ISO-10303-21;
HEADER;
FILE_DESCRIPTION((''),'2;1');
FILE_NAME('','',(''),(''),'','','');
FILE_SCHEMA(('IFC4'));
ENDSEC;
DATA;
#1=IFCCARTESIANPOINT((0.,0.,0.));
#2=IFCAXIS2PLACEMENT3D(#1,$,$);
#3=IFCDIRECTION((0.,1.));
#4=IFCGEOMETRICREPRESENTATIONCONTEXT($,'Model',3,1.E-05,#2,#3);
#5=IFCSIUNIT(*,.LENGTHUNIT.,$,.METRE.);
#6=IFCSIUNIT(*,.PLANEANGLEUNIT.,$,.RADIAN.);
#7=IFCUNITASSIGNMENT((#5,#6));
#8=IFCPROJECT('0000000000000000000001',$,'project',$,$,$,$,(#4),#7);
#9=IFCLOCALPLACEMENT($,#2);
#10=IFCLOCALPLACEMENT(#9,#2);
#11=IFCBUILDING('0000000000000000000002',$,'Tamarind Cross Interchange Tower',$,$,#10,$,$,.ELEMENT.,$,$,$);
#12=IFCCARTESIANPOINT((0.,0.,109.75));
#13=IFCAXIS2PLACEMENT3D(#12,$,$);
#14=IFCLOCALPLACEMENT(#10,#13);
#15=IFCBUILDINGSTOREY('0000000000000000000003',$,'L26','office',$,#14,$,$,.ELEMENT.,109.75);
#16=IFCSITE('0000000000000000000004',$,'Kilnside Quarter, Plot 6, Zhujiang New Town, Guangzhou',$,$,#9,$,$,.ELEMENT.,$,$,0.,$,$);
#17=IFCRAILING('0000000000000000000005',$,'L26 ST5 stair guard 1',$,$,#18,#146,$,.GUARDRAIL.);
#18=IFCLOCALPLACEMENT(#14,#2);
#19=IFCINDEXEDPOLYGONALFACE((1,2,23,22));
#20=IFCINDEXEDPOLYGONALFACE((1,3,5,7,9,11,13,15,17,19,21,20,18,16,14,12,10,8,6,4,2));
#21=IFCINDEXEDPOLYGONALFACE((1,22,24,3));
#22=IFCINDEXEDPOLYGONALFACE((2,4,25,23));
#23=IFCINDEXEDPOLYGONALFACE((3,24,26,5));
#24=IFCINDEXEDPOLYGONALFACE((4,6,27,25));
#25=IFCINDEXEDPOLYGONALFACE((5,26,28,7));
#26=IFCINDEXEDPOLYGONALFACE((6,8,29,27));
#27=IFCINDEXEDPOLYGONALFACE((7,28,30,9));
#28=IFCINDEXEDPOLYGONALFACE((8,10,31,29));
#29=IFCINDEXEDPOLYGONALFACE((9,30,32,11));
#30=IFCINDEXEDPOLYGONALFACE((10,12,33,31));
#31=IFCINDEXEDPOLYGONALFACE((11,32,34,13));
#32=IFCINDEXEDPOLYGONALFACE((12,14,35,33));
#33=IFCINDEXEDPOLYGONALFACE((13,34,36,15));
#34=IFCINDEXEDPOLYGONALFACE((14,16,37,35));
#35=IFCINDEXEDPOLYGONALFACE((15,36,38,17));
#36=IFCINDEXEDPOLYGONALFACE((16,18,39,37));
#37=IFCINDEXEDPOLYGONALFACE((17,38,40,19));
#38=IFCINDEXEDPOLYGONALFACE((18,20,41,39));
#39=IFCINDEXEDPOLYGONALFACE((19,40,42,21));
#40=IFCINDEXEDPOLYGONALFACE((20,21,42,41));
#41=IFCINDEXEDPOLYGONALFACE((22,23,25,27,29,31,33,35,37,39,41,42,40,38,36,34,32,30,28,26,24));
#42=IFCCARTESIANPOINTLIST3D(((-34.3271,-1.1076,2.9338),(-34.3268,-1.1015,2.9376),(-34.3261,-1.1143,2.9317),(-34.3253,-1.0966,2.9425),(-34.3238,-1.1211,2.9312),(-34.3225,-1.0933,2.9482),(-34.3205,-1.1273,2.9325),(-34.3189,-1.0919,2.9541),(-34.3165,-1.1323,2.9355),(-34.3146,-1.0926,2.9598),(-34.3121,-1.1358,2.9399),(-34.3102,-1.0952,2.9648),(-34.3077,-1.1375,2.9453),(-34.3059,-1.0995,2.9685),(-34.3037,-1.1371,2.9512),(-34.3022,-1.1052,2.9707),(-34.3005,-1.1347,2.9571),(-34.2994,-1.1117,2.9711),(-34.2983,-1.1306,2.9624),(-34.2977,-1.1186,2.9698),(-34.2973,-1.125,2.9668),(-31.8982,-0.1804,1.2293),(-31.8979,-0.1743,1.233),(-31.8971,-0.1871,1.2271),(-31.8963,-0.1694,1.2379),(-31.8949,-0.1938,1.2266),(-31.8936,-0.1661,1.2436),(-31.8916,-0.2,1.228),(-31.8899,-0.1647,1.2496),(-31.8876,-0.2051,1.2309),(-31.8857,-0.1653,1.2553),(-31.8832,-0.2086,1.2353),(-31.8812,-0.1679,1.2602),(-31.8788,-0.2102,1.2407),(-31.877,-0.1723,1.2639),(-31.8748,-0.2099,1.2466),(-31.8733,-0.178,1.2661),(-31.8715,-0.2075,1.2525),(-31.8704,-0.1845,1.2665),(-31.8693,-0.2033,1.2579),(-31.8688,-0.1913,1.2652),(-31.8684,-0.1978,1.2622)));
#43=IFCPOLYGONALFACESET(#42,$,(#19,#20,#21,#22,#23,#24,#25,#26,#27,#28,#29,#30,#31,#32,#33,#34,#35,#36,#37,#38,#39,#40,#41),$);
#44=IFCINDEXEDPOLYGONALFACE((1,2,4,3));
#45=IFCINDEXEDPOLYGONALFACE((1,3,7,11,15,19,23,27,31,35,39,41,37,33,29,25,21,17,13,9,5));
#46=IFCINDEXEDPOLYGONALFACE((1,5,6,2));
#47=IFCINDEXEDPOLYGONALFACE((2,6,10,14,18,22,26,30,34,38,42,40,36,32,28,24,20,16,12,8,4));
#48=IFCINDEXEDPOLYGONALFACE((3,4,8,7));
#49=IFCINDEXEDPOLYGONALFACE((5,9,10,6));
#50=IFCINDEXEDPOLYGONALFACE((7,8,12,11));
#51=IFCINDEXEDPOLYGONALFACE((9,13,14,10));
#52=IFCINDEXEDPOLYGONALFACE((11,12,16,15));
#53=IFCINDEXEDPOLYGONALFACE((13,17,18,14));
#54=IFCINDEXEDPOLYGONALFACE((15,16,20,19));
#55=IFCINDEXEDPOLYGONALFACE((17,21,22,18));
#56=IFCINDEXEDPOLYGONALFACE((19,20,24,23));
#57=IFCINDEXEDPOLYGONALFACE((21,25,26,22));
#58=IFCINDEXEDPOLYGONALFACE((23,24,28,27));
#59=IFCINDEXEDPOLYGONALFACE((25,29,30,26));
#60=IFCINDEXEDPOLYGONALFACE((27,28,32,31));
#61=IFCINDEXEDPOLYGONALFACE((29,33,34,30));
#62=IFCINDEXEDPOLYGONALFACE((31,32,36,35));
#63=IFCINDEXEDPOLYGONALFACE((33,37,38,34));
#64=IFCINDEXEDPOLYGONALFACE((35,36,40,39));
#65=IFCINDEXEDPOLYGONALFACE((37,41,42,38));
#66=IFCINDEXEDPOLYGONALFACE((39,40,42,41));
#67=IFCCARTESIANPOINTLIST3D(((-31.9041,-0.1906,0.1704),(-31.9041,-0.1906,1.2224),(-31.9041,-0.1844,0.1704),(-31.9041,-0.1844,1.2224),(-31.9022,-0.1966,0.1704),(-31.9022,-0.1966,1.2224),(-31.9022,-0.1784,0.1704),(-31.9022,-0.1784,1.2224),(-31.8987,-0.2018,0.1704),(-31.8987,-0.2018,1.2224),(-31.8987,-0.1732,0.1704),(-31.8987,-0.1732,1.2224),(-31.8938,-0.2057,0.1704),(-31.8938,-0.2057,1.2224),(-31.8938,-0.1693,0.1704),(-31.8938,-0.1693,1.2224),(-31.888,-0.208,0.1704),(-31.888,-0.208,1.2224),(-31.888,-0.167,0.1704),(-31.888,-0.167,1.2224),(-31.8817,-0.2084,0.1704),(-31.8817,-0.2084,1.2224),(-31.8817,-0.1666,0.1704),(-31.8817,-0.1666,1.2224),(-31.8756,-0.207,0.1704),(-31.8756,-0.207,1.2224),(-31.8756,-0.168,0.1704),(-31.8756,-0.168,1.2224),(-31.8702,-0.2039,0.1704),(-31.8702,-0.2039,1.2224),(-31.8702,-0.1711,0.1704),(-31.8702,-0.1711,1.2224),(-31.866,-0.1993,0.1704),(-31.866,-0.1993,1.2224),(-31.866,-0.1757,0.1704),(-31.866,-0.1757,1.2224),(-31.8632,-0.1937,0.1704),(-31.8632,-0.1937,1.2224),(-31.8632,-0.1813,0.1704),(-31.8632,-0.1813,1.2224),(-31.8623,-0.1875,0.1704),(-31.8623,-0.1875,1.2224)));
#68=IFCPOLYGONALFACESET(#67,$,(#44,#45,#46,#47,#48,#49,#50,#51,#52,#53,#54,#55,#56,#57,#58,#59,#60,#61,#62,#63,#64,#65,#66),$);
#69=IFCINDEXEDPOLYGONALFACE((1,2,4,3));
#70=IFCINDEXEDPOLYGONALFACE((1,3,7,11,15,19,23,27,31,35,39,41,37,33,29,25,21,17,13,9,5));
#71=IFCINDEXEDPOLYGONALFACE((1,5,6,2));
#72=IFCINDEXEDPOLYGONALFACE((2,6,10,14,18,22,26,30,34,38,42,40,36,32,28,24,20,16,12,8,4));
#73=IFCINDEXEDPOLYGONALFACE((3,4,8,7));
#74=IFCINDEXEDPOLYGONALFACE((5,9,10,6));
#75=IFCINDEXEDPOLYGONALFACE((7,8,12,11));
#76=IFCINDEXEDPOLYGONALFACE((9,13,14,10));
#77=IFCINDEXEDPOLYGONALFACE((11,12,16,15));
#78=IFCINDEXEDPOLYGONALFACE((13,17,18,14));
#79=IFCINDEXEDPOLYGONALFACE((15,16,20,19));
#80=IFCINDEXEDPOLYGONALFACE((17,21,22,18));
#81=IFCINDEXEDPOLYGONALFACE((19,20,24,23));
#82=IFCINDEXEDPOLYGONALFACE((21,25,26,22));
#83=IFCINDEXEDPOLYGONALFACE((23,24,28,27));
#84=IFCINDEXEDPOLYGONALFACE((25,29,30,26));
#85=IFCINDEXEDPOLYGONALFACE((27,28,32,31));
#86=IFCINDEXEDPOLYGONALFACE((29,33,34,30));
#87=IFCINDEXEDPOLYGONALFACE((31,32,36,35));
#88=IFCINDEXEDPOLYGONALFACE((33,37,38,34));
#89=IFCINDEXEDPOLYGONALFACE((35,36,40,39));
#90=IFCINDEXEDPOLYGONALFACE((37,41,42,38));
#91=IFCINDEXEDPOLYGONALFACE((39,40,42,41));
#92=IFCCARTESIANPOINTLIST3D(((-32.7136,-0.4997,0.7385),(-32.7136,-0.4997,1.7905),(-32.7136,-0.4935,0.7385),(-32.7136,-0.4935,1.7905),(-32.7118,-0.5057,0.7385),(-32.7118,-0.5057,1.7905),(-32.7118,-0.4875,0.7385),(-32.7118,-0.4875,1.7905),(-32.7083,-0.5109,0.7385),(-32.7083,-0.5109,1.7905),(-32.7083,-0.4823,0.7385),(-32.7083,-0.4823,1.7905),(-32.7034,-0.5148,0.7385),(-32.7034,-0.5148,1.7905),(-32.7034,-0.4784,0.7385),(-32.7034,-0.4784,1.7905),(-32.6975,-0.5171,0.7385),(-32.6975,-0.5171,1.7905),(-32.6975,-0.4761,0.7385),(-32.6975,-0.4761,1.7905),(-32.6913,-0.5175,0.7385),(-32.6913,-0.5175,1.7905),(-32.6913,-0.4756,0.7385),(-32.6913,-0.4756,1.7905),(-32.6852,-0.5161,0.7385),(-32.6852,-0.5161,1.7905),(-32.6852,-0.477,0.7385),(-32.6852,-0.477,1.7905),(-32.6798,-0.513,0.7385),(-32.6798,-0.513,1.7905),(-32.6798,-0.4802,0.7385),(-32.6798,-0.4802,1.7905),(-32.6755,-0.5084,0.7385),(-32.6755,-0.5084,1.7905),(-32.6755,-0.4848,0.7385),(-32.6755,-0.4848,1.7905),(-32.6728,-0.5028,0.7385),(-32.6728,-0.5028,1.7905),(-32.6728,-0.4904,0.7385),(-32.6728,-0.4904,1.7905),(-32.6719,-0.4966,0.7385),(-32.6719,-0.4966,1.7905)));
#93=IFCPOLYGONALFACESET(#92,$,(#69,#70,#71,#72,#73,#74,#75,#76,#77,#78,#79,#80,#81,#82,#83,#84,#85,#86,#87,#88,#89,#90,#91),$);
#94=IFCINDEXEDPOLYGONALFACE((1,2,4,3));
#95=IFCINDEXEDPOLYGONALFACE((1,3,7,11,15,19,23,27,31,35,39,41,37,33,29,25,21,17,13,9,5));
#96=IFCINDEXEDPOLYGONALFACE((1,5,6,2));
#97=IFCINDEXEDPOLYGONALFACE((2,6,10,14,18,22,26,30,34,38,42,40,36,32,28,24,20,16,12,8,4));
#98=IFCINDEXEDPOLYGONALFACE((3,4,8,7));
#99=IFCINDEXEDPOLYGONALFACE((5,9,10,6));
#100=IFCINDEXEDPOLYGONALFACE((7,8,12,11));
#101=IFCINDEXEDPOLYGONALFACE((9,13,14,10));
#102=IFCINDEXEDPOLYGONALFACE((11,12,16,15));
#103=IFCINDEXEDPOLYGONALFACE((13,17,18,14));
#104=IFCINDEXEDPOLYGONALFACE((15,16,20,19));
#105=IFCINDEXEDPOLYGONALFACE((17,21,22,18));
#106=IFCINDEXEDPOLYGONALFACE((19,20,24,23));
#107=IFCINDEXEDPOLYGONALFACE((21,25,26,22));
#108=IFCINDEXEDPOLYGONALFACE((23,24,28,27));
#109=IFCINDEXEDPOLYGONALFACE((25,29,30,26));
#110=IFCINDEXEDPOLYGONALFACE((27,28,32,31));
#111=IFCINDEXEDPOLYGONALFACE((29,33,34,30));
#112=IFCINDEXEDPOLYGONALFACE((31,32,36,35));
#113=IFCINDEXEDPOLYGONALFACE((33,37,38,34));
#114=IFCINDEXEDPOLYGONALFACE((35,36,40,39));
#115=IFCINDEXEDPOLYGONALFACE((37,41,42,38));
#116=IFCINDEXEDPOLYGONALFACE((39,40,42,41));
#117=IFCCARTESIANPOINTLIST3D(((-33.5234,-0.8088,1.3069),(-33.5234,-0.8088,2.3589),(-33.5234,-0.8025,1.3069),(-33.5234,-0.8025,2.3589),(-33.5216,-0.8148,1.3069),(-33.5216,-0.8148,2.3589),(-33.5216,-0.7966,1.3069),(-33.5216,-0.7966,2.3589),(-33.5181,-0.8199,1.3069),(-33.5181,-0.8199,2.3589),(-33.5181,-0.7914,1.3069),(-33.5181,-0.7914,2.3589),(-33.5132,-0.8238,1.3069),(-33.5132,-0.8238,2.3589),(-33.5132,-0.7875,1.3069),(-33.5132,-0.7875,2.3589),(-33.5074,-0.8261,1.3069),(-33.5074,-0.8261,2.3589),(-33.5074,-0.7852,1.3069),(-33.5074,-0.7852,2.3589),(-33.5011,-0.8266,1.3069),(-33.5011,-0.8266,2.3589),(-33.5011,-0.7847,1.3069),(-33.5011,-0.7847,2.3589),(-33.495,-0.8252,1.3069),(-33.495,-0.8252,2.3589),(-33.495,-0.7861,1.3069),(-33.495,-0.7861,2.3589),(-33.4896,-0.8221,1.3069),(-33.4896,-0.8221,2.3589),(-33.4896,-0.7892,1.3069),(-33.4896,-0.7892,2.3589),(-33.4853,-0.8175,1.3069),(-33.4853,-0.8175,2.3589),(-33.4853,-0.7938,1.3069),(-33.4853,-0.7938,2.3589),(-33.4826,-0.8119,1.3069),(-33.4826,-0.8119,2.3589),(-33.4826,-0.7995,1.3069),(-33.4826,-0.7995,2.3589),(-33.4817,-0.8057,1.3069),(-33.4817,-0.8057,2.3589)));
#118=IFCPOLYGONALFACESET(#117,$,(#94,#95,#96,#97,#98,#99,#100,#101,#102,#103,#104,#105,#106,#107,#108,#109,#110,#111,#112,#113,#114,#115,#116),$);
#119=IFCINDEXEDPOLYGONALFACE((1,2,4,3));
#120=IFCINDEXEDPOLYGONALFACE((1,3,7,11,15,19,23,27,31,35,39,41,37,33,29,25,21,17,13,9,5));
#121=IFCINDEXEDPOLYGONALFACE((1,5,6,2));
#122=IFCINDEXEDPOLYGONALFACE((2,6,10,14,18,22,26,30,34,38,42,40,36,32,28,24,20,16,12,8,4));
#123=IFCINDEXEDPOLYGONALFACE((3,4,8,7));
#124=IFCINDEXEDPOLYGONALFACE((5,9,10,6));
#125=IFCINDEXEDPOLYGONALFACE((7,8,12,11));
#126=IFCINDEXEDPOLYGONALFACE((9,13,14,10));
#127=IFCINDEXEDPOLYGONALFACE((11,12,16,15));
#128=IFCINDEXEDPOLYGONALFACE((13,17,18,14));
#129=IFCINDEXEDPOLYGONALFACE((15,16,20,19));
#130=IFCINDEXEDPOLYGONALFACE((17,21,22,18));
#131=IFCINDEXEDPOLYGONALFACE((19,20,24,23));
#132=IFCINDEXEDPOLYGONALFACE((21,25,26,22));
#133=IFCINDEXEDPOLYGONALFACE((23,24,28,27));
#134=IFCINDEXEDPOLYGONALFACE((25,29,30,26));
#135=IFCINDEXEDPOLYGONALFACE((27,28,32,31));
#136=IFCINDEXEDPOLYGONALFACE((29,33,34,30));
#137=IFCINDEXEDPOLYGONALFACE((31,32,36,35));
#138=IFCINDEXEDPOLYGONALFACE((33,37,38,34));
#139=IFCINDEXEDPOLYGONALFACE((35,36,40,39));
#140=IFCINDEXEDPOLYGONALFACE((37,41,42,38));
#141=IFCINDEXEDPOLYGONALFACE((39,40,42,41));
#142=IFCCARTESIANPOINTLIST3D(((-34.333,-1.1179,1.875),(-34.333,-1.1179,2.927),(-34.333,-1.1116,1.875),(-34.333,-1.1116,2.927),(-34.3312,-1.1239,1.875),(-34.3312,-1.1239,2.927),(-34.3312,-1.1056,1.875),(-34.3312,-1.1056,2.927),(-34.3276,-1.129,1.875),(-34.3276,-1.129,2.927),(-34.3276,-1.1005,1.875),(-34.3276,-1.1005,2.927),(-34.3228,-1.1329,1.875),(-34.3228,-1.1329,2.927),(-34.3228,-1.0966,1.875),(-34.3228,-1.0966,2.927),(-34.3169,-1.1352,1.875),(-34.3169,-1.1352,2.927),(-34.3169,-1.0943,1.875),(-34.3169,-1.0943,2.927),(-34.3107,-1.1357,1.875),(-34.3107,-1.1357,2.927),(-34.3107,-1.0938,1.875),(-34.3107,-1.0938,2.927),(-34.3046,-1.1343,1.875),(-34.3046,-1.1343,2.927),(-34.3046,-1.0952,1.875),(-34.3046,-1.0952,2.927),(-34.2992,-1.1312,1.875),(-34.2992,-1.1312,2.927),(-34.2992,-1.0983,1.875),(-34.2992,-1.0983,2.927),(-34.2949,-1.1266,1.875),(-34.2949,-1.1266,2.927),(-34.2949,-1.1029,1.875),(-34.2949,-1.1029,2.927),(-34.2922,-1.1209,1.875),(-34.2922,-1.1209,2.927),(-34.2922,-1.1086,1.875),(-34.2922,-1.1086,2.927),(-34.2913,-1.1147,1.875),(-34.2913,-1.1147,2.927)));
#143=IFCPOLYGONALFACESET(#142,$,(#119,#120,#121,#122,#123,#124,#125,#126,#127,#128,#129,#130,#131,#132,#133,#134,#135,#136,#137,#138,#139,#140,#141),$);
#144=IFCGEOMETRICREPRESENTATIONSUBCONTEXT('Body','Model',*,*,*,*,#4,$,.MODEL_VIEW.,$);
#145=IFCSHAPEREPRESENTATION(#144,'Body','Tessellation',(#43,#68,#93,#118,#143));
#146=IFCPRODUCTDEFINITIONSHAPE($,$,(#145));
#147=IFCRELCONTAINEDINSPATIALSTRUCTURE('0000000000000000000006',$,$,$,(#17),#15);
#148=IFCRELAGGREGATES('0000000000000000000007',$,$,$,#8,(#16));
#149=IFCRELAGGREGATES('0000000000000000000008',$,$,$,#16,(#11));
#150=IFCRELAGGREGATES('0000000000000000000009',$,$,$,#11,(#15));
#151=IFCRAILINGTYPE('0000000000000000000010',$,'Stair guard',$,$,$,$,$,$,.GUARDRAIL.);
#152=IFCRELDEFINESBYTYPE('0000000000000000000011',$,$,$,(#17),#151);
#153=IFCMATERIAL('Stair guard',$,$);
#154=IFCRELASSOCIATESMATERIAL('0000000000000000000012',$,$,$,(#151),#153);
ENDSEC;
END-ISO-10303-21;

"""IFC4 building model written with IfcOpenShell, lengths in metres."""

from ifc_helpers import new_model, si_unit, direction, frame, origin, origin_2d, place, context, subcontext, project, spatial, circle, extrude, material, type_object, element, save


model = new_model("IFC4")

# Units and contexts
model_context = context("Model", 3, precision=1e-05, world=origin(), true_north=direction((0.0, 1.0)))
body_context = subcontext(model_context, "Body", "Model", "MODEL_VIEW")
ifc_project = project(units=[si_unit("LENGTHUNIT", "METRE"), si_unit("PLANEANGLEUNIT", "RADIAN")], contexts=[model_context])

# Site, building, storey
site_placement = place(None, origin())
site = spatial("IfcSite", under=ifc_project, at=site_placement, Name="Kilnside Quarter, Plot 6, Zhujiang New Town, Guangzhou", CompositionType="ELEMENT", RefElevation=0.0)
building_placement = place(site_placement, origin())
building = spatial("IfcBuilding", under=site, at=building_placement, Name="Tamarind Cross Interchange Tower", CompositionType="ELEMENT")
storey_placement = place(building_placement, frame((0.0, 0.0, 109.75)))
storey = spatial("IfcBuildingStorey", under=building, at=storey_placement, Name="L26", Description="office", CompositionType="ELEMENT", Elevation=109.75)

# Railing
ifc_material_1 = material(Name="Stair guard")
railing_type_1 = type_object("IfcRailingType", Name="Stair guard", PredefinedType="GUARDRAIL", material=ifc_material_1)
railing_1_placement = place(storey_placement, frame((-31.8833, -0.1875, 0.1704)))
element("IfcRailing", 1, at=railing_1_placement, inside=storey, type_object=railing_type_1, Name="L26 ST5 stair guard 1", PredefinedType="GUARDRAIL", context=body_context, shape_type="SweptSolid", body=[
    extrude(circle(Radius=0.0239, at=origin_2d()), frame((0.0, 0.0, 1.0762), z_axis=(-0.781292, -0.298256, 0.548294), x_axis=(0.356643, -0.934241, 0.0)), (0.0, 0.0, 1.0), 3.1089),
    extrude(circle(Radius=0.021, at=origin_2d()), origin(), (0.0, 0.0, 1.0), 1.052),
    extrude(circle(Radius=0.021, at=origin_2d()), frame((-0.8096, -0.3091, 0.5681)), (0.0, 0.0, 1.0), 1.052),
    extrude(circle(Radius=0.021, at=origin_2d()), frame((-1.6194, -0.6182, 1.1365)), (0.0, 0.0, 1.0), 1.052),
    extrude(circle(Radius=0.021, at=origin_2d()), frame((-2.429, -0.9272, 1.7046)), (0.0, 0.0, 1.0), 1.052),
])

save(model, "model.ifc")
